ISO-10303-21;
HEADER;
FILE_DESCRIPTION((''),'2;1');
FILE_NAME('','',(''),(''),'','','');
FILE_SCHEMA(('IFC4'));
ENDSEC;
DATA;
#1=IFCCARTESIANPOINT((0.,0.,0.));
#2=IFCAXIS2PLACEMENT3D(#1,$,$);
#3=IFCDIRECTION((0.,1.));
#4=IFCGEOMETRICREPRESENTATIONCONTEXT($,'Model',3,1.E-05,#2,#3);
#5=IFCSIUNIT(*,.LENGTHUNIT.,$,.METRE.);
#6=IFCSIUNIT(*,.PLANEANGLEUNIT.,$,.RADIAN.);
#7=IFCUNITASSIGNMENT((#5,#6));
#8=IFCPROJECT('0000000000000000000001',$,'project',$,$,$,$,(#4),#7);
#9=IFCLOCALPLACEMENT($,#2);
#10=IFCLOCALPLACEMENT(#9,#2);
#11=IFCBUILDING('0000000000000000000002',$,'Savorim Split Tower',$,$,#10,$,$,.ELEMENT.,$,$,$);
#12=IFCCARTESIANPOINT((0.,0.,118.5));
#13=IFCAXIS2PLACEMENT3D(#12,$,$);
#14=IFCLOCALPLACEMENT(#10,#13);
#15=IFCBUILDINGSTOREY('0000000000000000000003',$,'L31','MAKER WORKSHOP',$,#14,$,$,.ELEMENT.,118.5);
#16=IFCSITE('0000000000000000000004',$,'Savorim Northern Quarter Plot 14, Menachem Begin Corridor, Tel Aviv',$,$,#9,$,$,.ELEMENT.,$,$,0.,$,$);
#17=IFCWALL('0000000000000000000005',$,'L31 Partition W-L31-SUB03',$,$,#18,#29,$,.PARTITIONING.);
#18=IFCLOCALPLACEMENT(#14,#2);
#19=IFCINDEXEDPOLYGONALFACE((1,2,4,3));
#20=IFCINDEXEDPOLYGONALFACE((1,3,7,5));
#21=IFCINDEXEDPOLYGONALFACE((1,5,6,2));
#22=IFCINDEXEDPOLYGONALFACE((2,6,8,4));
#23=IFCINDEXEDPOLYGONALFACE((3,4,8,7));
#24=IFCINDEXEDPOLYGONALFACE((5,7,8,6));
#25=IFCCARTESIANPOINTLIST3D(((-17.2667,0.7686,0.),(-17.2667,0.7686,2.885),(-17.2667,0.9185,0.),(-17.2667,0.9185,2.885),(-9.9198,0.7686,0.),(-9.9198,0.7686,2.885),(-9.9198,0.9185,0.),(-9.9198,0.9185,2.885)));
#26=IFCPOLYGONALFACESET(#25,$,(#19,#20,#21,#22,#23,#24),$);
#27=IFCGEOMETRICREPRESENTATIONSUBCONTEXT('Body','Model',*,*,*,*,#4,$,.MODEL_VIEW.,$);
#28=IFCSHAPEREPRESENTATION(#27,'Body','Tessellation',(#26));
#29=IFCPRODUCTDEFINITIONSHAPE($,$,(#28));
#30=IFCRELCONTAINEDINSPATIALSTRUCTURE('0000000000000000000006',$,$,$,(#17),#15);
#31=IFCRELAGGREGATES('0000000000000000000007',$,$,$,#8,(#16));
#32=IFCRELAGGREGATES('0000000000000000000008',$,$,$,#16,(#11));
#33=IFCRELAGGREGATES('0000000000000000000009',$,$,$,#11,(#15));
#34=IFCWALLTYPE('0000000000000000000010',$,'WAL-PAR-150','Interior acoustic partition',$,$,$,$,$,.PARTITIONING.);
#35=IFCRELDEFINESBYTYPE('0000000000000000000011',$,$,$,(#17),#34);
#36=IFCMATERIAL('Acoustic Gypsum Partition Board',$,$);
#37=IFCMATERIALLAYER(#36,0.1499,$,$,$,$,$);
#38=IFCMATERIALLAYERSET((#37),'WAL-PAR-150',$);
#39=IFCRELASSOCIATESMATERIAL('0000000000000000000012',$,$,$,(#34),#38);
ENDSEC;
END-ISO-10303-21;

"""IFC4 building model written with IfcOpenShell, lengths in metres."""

from ifc_helpers import new_model, si_unit, direction, frame, frame_2d, origin, place, context, subcontext, project, spatial, rectangle, extrude, material, layer, layer_set, type_object, element, save


model = new_model("IFC4")

# Units and contexts
model_context = context("Model", 3, precision=1e-05, world=origin(), true_north=direction((0.0, 1.0)))
body_context = subcontext(model_context, "Body", "Model", "MODEL_VIEW")
ifc_project = project(units=[si_unit("LENGTHUNIT", "METRE"), si_unit("PLANEANGLEUNIT", "RADIAN")], contexts=[model_context])

# Site, building, storey
site_placement = place(None, origin())
site = spatial("IfcSite", under=ifc_project, at=site_placement, Name="Savorim Northern Quarter Plot 14, Menachem Begin Corridor, Tel Aviv", CompositionType="ELEMENT", RefElevation=0.0)
building_placement = place(site_placement, origin())
building = spatial("IfcBuilding", under=site, at=building_placement, Name="Savorim Split Tower", CompositionType="ELEMENT")
storey_placement = place(building_placement, frame((0.0, 0.0, 118.5)))
storey = spatial("IfcBuildingStorey", under=building, at=storey_placement, Name="L31", Description="MAKER WORKSHOP", CompositionType="ELEMENT", Elevation=118.5)

# Wall
ifc_material_1 = material(Name="Acoustic Gypsum Partition Board")
ifc_layer_1 = layer(ifc_material_1, 0.1499)
ifc_layer_set_1 = layer_set([ifc_layer_1], Name="WAL-PAR-150")
wall_type_1 = type_object("IfcWallType", Name="WAL-PAR-150", Description="Interior acoustic partition", PredefinedType="PARTITIONING", material=ifc_layer_set_1)
wall_1_placement = place(storey_placement, frame((-9.9199, 0.8435, 0.0), z_axis=(0.0, 0.0, 1.0), x_axis=(-1.0, 0.0, 0.0)))
element("IfcWall", 1, at=wall_1_placement, inside=storey, type_object=wall_type_1, Name="L31 Partition W-L31-SUB03", PredefinedType="PARTITIONING", context=body_context, shape_type="SweptSolid", body=[
    extrude(rectangle(XDim=7.3469, YDim=0.1499, at=frame_2d((3.6733, 0.0))), origin(), (0.0, 0.0, 1.0), 2.885),
])

save(model, "model.ifc")
